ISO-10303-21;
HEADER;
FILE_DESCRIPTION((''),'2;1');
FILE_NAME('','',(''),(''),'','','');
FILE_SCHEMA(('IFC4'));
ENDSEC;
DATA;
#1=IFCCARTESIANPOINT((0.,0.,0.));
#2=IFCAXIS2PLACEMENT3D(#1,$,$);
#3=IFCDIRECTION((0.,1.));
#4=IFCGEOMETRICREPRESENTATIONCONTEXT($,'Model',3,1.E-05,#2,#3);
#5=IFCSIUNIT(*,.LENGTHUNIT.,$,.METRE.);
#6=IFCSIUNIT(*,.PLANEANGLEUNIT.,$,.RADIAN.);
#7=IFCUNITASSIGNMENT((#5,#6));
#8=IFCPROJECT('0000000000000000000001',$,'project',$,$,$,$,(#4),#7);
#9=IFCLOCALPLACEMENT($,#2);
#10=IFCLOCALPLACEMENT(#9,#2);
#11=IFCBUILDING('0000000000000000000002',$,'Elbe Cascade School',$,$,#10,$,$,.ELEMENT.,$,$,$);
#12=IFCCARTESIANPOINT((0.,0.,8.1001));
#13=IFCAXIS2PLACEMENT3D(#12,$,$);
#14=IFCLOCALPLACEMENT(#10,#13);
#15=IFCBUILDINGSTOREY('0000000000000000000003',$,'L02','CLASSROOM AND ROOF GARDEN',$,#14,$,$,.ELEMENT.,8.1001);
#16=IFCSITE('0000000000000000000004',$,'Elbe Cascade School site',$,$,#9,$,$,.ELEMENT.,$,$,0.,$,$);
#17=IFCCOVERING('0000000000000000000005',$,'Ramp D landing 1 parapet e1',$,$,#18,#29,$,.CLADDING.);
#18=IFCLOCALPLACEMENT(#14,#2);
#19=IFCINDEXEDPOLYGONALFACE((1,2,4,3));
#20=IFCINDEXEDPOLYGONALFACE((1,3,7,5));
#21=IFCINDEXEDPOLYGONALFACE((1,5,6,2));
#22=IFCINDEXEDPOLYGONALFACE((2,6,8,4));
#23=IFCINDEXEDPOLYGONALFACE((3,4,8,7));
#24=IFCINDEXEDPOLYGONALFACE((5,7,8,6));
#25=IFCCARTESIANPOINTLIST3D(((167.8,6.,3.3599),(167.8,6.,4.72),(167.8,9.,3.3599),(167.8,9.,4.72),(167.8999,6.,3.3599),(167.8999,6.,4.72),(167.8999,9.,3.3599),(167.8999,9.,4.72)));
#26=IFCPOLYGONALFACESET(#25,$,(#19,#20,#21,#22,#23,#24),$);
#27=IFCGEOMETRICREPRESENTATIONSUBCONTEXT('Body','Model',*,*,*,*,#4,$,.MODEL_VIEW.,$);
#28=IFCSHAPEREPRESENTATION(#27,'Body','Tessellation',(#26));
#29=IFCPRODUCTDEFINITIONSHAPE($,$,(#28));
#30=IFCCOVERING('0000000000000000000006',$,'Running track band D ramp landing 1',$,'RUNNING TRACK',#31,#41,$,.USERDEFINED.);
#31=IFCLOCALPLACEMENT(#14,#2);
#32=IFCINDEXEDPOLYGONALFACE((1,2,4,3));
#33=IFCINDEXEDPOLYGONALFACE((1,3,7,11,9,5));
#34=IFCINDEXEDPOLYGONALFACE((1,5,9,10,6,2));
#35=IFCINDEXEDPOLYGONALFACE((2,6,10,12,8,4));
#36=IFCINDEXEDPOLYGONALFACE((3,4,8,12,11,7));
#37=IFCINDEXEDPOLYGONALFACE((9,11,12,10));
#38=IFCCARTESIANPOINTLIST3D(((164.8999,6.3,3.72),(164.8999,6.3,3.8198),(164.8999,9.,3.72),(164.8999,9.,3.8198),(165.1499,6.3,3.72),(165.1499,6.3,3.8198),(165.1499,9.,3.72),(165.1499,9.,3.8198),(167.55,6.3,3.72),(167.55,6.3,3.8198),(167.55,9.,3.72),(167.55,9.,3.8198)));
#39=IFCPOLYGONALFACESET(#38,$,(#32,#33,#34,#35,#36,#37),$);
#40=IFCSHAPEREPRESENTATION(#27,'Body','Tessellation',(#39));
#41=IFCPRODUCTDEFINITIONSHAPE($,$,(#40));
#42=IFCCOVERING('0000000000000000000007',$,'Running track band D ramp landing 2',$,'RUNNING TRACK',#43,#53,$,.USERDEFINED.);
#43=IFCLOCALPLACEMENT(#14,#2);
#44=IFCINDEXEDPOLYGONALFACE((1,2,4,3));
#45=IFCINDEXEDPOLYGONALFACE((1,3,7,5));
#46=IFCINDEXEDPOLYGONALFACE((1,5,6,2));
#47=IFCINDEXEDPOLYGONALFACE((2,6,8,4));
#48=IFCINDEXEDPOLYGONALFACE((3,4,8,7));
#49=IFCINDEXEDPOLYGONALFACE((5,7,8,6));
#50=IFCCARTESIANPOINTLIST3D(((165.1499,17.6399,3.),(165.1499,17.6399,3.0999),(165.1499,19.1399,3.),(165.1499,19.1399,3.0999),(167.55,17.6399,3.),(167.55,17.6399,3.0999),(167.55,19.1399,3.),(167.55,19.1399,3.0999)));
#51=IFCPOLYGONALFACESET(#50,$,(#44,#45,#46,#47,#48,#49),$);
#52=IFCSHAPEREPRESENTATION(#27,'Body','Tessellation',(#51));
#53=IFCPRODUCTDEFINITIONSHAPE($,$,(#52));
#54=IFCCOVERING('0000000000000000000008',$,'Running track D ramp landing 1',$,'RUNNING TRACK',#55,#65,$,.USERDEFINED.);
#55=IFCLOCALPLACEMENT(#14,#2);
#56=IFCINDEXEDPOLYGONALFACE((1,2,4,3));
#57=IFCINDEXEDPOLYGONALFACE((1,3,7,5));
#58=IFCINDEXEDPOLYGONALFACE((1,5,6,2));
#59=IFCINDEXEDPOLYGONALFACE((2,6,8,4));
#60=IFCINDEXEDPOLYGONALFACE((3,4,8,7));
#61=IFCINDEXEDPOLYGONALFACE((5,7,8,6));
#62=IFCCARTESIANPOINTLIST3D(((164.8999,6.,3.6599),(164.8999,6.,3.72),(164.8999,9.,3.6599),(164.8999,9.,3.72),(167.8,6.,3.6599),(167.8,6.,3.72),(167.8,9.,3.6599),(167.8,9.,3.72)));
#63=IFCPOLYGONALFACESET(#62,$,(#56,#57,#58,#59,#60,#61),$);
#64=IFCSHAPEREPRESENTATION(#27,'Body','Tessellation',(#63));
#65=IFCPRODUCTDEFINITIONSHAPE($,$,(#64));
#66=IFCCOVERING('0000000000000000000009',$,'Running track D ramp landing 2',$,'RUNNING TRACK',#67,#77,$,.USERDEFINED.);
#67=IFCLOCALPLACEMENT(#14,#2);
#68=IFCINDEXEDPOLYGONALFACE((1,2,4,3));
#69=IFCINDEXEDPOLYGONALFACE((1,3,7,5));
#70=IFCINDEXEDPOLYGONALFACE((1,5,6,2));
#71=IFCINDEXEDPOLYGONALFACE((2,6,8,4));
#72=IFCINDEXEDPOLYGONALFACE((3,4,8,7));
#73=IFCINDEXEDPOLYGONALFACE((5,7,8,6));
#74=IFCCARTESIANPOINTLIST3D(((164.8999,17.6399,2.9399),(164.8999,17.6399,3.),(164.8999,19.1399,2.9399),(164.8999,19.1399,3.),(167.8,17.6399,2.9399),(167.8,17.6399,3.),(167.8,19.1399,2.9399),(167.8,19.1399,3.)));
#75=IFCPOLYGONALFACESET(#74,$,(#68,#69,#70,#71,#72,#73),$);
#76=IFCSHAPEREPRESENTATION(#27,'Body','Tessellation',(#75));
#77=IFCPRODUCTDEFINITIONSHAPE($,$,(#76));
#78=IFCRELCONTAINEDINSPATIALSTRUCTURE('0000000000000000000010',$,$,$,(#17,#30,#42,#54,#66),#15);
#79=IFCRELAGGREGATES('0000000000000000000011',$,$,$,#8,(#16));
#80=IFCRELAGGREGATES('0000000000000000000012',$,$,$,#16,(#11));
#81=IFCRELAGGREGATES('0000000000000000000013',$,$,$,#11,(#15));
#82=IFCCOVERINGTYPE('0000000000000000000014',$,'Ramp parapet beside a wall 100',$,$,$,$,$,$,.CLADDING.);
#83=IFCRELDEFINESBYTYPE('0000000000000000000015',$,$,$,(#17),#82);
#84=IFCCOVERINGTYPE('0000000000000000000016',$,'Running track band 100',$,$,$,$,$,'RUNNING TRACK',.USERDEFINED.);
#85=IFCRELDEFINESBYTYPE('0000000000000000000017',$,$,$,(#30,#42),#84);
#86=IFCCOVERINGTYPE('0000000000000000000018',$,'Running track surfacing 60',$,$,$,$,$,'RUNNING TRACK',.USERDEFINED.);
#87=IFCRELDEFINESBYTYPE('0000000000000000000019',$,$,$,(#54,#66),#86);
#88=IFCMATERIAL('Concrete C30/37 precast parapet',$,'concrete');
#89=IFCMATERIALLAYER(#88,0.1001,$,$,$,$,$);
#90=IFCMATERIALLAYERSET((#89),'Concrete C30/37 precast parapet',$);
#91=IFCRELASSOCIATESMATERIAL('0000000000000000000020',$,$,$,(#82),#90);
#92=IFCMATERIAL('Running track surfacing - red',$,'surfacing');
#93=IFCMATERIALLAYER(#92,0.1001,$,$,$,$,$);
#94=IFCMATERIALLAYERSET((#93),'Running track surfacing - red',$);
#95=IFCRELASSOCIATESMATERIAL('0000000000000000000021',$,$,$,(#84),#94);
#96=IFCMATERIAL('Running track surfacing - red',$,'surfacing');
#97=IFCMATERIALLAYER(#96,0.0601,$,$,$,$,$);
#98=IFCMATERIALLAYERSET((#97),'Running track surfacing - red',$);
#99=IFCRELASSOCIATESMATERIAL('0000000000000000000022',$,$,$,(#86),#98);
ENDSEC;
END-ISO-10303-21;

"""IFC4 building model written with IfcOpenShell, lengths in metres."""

from ifc_helpers import new_model, si_unit, direction, frame, origin, place, context, subcontext, project, spatial, polyline, outline, extrude, material, layer, layer_set, type_object, element, save


model = new_model("IFC4")

# Units and contexts
model_context = context("Model", 3, precision=1e-05, world=origin(), true_north=direction((0.0, 1.0)))
body_context = subcontext(model_context, "Body", "Model", "MODEL_VIEW")
ifc_project = project(units=[si_unit("LENGTHUNIT", "METRE"), si_unit("PLANEANGLEUNIT", "RADIAN")], contexts=[model_context])

# Site, building, storey
site_placement = place(None, origin())
site = spatial("IfcSite", under=ifc_project, at=site_placement, Name="Elbe Cascade School site", CompositionType="ELEMENT", RefElevation=0.0)
building_placement = place(site_placement, origin())
building = spatial("IfcBuilding", under=site, at=building_placement, Name="Elbe Cascade School", CompositionType="ELEMENT")
storey_placement = place(building_placement, frame((0.0, 0.0, 8.1001)))
storey = spatial("IfcBuildingStorey", under=building, at=storey_placement, Name="L02", Description="CLASSROOM AND ROOF GARDEN", CompositionType="ELEMENT", Elevation=8.1001)

# Coverings
ifc_material_1 = material(Name="Concrete C30/37 precast parapet", Category="concrete")
ifc_layer_1 = layer(ifc_material_1, 0.1001)
ifc_layer_set_1 = layer_set([ifc_layer_1], Name="Concrete C30/37 precast parapet")
covering_type_1 = type_object("IfcCoveringType", Name="Ramp parapet beside a wall 100", PredefinedType="CLADDING", material=ifc_layer_set_1)
covering_1_placement = place(storey_placement, frame((0.0, 0.0, 3.3599)))
element("IfcCovering", 1, at=covering_1_placement, inside=storey, type_object=covering_type_1, Name="Ramp D landing 1 parapet e1", PredefinedType="CLADDING", context=body_context, shape_type="SweptSolid", body=[
    extrude(outline(polyline([(167.8, 6.0), (167.8999, 6.0), (167.8999, 9.0), (167.8, 9.0), (167.8, 6.0)])), origin(), (0.0, 0.0, 1.0), 1.3601),
])
ifc_material_2 = material(Name="Running track surfacing - red", Category="surfacing")
ifc_layer_2 = layer(ifc_material_2, 0.1001)
ifc_layer_set_2 = layer_set([ifc_layer_2], Name="Running track surfacing - red")
covering_type_2 = type_object("IfcCoveringType", Name="Running track band 100", ElementType="RUNNING TRACK", PredefinedType="USERDEFINED", material=ifc_layer_set_2)
covering_2_placement = place(storey_placement, frame((0.0, 0.0, 3.72)))
element("IfcCovering", 2, at=covering_2_placement, inside=storey, type_object=covering_type_2, Name="Running track band D ramp landing 1", ObjectType="RUNNING TRACK", PredefinedType="USERDEFINED", context=body_context, shape_type="SweptSolid", body=[
    extrude(outline(polyline([(167.55, 6.3), (165.1499, 6.3), (164.8999, 6.3), (164.8999, 9.0), (165.1499, 9.0), (167.55, 9.0), (167.55, 6.3)])), origin(), (0.0, 0.0, 1.0), 0.0999),
])
covering_3_placement = place(storey_placement, frame((0.0, 0.0, 3.0)))
element("IfcCovering", 3, at=covering_3_placement, inside=storey, type_object=covering_type_2, Name="Running track band D ramp landing 2", ObjectType="RUNNING TRACK", PredefinedType="USERDEFINED", context=body_context, shape_type="SweptSolid", body=[
    extrude(outline(polyline([(167.55, 17.6399), (167.55, 19.1399), (165.1499, 19.1399), (165.1499, 17.6399), (167.55, 17.6399)])), origin(), (0.0, 0.0, 1.0), 0.0999),
])
ifc_material_3 = material(Name="Running track surfacing - red", Category="surfacing")
ifc_layer_3 = layer(ifc_material_3, 0.0601)
ifc_layer_set_3 = layer_set([ifc_layer_3], Name="Running track surfacing - red")
covering_type_3 = type_object("IfcCoveringType", Name="Running track surfacing 60", ElementType="RUNNING TRACK", PredefinedType="USERDEFINED", material=ifc_layer_set_3)
covering_4_placement = place(storey_placement, frame((0.0, 0.0, 3.6599)))
element("IfcCovering", 4, at=covering_4_placement, inside=storey, type_object=covering_type_3, Name="Running track D ramp landing 1", ObjectType="RUNNING TRACK", PredefinedType="USERDEFINED", context=body_context, shape_type="SweptSolid", body=[
    extrude(outline(polyline([(167.8, 6.0), (167.8, 9.0), (164.8999, 9.0), (164.8999, 6.0), (167.8, 6.0)])), origin(), (0.0, 0.0, 1.0), 0.0601),
])
covering_5_placement = place(storey_placement, frame((0.0, 0.0, 2.9399)))
element("IfcCovering", 5, at=covering_5_placement, inside=storey, type_object=covering_type_3, Name="Running track D ramp landing 2", ObjectType="RUNNING TRACK", PredefinedType="USERDEFINED", context=body_context, shape_type="SweptSolid", body=[
    extrude(outline(polyline([(167.8, 17.6399), (167.8, 19.1399), (164.8999, 19.1399), (164.8999, 17.6399), (167.8, 17.6399)])), origin(), (0.0, 0.0, 1.0), 0.0601),
])

save(model, "model.ifc")
